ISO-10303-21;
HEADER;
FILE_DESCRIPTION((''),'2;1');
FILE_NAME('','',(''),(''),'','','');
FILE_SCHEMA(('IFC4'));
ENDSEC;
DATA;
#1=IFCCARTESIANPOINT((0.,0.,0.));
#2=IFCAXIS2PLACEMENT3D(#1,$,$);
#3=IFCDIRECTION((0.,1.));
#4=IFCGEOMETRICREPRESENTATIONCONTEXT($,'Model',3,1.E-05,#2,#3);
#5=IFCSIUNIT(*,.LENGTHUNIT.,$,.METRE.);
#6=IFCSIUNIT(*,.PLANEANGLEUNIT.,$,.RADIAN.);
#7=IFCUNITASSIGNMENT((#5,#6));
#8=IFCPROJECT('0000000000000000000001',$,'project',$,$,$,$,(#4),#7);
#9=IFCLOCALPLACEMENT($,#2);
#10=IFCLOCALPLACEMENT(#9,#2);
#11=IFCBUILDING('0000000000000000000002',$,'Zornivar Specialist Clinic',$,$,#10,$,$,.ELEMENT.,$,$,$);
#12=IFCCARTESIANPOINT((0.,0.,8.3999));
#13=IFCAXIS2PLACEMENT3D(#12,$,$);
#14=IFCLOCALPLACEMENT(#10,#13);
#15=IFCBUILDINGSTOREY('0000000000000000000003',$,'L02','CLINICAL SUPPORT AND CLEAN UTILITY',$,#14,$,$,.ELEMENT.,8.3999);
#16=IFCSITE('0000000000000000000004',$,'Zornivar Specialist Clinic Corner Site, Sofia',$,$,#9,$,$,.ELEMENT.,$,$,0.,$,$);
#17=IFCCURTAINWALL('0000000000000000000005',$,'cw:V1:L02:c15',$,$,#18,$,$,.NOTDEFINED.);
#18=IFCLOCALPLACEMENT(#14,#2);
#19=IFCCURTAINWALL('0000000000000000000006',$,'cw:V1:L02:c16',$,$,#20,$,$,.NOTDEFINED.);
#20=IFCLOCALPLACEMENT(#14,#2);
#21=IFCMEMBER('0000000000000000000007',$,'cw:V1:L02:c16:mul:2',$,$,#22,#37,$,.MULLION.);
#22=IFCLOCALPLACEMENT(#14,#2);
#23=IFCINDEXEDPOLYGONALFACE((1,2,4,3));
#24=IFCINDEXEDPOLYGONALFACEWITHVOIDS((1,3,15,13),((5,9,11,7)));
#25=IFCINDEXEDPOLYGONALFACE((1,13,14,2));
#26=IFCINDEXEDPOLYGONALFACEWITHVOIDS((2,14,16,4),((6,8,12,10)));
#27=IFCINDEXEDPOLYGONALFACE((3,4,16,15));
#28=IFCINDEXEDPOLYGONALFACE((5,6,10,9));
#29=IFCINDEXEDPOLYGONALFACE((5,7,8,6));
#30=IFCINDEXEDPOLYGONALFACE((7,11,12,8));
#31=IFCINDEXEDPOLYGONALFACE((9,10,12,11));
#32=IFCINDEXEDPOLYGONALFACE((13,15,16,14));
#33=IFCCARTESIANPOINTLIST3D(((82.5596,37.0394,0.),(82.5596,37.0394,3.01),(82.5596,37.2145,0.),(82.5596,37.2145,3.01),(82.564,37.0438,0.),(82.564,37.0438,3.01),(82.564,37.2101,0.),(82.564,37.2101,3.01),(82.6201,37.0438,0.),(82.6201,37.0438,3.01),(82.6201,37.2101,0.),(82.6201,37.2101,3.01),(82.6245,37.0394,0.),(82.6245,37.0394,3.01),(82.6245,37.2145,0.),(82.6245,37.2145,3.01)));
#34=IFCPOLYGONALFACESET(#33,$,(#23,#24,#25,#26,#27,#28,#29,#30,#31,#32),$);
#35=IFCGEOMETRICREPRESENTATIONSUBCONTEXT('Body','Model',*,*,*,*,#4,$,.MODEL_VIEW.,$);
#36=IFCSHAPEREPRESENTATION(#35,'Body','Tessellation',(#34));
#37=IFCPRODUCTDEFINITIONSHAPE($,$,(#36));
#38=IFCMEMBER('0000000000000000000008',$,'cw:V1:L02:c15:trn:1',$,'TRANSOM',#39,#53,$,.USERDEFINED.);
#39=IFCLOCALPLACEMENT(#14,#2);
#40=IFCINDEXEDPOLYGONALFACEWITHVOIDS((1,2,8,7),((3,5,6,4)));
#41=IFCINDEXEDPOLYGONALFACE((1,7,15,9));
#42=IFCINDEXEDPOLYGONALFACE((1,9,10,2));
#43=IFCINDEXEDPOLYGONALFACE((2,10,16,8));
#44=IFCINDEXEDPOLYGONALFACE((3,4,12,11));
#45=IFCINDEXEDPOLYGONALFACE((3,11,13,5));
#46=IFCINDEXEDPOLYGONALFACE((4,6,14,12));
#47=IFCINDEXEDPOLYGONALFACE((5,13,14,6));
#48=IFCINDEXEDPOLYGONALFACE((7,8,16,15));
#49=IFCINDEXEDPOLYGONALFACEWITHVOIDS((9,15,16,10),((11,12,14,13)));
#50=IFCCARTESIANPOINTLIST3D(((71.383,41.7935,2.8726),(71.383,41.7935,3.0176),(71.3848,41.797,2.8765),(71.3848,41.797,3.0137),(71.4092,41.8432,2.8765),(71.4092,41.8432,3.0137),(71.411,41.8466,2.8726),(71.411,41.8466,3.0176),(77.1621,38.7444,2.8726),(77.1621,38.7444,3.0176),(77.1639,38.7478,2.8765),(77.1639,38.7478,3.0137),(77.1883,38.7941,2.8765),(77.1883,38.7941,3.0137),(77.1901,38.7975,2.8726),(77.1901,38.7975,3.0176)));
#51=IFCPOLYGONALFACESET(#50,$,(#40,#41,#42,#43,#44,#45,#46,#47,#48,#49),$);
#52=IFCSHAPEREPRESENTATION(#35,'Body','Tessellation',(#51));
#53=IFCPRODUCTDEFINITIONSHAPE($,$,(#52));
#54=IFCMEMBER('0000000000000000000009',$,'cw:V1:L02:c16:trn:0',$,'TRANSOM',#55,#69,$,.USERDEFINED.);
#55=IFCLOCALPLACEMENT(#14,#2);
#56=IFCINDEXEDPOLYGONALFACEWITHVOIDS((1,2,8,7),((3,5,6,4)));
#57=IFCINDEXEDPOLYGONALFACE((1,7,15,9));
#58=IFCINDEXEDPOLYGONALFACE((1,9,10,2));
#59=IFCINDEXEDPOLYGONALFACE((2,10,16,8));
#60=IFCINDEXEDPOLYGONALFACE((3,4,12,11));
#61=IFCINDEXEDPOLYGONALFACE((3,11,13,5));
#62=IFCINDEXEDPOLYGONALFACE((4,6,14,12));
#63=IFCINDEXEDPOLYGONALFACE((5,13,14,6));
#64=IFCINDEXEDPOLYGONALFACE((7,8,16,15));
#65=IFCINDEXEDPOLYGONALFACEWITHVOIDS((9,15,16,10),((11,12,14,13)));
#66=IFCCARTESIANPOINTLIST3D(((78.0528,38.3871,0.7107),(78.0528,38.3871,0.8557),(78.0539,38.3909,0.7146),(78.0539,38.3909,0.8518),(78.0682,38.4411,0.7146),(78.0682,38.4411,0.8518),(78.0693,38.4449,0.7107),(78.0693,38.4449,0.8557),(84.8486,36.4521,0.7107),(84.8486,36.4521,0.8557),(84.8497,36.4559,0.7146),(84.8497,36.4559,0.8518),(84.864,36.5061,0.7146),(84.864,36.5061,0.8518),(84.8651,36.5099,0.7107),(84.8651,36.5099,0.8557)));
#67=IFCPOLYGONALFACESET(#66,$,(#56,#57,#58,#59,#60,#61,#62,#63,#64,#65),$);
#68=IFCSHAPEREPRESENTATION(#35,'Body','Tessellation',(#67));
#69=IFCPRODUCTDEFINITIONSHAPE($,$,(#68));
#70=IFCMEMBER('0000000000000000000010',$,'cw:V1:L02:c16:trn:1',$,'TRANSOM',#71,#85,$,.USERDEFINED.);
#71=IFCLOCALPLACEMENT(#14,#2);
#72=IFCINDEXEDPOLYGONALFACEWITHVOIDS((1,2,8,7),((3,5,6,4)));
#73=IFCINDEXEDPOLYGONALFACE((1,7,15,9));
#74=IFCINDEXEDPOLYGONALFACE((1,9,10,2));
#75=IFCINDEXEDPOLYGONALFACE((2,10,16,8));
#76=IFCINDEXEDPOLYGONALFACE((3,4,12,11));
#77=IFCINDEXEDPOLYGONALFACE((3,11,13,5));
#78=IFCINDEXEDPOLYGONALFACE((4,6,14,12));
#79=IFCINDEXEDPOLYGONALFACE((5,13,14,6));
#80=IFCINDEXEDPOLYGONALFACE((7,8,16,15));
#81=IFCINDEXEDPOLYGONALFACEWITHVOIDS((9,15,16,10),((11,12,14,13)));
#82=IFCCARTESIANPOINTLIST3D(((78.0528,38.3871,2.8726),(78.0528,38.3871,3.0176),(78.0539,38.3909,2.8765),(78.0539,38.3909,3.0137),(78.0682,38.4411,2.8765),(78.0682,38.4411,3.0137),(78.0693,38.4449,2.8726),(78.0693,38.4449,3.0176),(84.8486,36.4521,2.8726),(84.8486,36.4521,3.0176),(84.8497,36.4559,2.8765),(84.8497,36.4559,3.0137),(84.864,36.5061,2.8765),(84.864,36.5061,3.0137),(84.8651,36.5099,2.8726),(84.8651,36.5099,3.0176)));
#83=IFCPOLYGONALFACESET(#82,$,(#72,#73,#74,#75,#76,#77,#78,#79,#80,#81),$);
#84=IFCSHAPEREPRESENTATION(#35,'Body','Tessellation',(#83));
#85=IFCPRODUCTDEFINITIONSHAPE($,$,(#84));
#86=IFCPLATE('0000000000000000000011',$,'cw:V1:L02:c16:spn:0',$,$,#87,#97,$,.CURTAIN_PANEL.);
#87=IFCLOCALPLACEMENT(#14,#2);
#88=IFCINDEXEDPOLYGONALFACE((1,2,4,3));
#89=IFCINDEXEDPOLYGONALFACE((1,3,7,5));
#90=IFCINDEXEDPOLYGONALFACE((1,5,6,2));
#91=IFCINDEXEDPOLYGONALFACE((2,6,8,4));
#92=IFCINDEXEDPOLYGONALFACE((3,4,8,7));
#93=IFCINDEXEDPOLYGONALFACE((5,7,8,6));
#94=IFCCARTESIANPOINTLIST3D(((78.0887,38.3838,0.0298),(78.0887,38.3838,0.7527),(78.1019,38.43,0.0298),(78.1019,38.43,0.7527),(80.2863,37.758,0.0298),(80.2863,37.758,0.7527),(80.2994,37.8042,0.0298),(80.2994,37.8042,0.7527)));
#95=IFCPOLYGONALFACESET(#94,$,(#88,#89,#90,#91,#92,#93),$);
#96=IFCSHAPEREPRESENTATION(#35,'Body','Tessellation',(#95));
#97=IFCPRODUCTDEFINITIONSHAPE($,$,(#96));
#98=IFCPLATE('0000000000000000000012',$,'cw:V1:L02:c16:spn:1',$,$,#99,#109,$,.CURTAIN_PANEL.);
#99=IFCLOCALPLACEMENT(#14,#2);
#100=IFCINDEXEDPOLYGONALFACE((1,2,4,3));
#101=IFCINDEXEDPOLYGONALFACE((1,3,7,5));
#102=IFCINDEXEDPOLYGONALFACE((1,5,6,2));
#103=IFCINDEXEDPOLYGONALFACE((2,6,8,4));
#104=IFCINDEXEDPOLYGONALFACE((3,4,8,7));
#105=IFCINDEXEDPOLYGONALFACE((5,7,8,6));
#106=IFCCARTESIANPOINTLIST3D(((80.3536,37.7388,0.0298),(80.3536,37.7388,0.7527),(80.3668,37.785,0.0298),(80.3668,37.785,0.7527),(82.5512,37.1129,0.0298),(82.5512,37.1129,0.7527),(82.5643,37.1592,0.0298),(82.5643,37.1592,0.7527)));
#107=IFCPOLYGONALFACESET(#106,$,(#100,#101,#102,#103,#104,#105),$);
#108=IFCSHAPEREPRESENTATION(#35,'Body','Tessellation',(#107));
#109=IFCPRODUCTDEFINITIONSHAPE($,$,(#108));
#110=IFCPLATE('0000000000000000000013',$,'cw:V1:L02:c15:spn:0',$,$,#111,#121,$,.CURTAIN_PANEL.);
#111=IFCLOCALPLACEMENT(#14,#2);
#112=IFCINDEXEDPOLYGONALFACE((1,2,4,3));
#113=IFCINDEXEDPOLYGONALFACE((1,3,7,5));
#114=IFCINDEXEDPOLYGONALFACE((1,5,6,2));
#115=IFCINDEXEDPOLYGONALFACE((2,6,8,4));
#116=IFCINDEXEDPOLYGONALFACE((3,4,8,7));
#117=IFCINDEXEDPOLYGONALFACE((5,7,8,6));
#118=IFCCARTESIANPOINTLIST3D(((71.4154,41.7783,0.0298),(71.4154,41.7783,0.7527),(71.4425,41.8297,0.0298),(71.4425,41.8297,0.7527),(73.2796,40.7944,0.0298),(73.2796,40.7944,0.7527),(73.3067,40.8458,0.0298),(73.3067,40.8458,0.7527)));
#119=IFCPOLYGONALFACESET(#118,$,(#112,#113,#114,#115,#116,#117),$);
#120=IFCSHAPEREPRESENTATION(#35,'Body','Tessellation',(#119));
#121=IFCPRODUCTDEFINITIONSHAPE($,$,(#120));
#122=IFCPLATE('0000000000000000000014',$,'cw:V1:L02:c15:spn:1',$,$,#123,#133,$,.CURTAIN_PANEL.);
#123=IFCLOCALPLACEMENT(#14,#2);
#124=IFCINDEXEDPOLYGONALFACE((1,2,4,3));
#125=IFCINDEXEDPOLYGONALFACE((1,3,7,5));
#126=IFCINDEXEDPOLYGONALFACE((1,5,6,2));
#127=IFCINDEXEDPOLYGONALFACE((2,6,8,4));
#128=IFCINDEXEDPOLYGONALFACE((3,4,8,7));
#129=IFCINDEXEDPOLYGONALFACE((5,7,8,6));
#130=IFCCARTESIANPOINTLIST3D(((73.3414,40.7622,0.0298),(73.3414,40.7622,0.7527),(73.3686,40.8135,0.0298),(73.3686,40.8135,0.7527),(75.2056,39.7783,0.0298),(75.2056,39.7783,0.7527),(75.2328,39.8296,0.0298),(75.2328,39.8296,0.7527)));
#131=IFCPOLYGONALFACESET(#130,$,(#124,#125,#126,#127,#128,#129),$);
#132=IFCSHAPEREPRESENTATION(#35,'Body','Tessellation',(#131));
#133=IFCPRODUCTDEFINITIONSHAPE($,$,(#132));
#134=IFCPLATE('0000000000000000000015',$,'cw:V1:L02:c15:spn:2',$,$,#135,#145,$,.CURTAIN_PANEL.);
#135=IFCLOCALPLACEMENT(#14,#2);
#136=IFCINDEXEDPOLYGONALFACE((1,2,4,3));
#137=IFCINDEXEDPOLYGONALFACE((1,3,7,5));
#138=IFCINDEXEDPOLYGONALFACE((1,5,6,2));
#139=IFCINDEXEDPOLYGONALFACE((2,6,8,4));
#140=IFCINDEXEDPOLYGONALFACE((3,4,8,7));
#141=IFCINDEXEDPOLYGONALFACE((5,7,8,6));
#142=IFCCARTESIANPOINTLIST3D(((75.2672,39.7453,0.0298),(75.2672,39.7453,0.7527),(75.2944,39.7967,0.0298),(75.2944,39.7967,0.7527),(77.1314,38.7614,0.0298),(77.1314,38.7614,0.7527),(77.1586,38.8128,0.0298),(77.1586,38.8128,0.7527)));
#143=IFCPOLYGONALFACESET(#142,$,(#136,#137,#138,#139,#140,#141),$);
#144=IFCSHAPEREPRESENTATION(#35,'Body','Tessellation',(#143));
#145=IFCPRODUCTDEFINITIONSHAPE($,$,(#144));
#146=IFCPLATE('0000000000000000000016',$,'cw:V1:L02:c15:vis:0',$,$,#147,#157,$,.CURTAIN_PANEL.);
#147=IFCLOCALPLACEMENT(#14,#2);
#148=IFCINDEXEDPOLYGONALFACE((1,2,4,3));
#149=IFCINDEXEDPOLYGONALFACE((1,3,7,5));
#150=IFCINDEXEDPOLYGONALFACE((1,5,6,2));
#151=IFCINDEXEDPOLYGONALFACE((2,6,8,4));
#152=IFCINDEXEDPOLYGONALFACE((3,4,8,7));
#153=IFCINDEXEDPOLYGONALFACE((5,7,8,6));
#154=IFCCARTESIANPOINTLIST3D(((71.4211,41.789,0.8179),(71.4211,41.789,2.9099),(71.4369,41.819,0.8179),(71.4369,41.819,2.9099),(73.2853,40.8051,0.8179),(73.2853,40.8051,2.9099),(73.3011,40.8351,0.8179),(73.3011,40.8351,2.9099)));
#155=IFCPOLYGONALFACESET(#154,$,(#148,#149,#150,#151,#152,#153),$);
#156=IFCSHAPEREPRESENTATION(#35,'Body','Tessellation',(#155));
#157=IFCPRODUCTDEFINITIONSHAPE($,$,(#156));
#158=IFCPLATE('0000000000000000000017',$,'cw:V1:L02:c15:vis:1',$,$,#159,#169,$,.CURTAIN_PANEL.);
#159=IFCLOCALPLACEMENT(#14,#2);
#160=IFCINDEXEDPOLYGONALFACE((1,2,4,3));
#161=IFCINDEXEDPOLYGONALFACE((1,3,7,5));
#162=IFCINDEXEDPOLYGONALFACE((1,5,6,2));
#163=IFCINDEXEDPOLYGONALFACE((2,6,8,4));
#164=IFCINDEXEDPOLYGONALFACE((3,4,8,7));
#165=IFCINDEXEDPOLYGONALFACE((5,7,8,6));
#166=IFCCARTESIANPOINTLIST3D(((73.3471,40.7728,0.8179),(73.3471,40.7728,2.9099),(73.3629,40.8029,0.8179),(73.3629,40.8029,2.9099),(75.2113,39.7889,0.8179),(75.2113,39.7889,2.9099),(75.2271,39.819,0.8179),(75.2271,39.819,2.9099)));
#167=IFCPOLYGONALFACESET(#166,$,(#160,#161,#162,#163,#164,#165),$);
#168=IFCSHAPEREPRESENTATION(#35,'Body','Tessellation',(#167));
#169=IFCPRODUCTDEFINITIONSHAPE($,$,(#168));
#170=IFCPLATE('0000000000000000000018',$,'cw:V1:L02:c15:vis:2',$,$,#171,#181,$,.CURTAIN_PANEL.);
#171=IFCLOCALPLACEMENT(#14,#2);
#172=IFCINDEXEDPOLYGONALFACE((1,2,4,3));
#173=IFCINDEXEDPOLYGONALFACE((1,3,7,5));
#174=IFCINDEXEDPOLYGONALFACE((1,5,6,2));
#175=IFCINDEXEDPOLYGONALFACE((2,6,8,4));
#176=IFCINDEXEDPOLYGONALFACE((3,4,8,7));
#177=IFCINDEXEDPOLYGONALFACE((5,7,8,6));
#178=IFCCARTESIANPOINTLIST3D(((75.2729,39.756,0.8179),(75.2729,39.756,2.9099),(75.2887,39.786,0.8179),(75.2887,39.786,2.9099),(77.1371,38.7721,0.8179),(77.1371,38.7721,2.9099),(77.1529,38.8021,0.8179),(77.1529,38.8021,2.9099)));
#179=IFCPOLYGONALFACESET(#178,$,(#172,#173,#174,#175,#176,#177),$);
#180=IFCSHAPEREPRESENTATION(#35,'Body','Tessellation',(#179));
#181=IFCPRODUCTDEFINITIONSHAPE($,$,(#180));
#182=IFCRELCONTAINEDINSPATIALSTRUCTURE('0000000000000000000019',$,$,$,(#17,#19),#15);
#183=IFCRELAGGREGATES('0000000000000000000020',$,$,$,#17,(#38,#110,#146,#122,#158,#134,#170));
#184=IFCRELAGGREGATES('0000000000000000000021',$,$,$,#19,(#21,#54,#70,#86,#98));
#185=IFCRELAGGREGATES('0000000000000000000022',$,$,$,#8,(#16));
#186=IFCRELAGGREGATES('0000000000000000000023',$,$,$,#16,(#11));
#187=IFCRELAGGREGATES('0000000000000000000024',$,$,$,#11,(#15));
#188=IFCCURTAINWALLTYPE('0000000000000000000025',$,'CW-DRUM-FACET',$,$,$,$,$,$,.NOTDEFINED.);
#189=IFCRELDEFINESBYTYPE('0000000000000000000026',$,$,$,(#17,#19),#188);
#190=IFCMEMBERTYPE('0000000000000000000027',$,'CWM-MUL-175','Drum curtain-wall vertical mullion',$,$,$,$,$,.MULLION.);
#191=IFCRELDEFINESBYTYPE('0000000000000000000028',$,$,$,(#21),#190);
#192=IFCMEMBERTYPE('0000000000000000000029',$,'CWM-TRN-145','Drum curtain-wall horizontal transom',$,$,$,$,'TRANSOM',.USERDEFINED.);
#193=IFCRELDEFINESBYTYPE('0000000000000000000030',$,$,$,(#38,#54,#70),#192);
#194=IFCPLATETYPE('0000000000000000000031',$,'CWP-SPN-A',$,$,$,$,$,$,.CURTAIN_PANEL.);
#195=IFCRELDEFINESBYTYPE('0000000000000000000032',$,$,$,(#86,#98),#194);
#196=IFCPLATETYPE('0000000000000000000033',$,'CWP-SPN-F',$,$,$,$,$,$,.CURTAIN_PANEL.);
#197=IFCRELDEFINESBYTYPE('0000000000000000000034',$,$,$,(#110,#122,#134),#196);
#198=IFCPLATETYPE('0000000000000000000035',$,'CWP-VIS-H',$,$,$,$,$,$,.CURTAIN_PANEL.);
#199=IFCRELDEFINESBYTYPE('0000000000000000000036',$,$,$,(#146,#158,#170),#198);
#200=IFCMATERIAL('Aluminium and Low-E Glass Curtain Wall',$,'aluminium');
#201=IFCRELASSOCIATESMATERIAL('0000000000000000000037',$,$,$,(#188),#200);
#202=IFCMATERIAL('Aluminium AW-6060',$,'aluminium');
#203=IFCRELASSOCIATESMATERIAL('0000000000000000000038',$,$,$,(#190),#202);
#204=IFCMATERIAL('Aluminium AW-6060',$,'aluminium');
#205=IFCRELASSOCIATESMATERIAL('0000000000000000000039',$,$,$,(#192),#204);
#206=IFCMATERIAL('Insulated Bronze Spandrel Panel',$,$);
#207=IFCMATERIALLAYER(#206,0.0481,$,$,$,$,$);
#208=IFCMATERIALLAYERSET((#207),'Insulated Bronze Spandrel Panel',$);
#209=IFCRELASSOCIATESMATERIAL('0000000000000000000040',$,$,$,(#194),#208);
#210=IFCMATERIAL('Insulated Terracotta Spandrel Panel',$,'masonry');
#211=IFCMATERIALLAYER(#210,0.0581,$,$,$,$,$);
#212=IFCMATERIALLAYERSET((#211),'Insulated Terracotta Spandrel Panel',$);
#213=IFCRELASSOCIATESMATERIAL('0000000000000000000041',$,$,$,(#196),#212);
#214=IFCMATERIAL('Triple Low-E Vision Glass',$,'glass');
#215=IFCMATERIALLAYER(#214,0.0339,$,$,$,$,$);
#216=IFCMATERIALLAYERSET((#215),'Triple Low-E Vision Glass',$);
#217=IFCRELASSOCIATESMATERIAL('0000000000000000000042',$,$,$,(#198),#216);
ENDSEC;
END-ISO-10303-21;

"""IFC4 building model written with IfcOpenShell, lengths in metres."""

from ifc_helpers import new_model, si_unit, direction, frame, origin, origin_2d, place, context, subcontext, project, spatial, rectangle, hollow_rectangle, extrude, material, layer, layer_set, material_profile, profile_set, type_object, element, aggregate, save


model = new_model("IFC4")

# Units and contexts
model_context = context("Model", 3, precision=1e-05, world=origin(), true_north=direction((0.0, 1.0)))
body_context = subcontext(model_context, "Body", "Model", "MODEL_VIEW")
ifc_project = project(units=[si_unit("LENGTHUNIT", "METRE"), si_unit("PLANEANGLEUNIT", "RADIAN")], contexts=[model_context])

# Site, building, storey
site_placement = place(None, origin())
site = spatial("IfcSite", under=ifc_project, at=site_placement, Name="Zornivar Specialist Clinic Corner Site, Sofia", CompositionType="ELEMENT", RefElevation=0.0)
building_placement = place(site_placement, origin())
building = spatial("IfcBuilding", under=site, at=building_placement, Name="Zornivar Specialist Clinic", CompositionType="ELEMENT")
storey_placement = place(building_placement, frame((0.0, 0.0, 8.3999)))
storey = spatial("IfcBuildingStorey", under=building, at=storey_placement, Name="L02", Description="CLINICAL SUPPORT AND CLEAN UTILITY", CompositionType="ELEMENT", Elevation=8.3999)

# Curtain walls, member
ifc_material_1 = material(Name="Aluminium and Low-E Glass Curtain Wall", Category="aluminium")
curtain_wall_type = type_object("IfcCurtainWallType", Name="CW-DRUM-FACET", PredefinedType="NOTDEFINED", material=ifc_material_1)
curtain_wall_1_placement = place(storey_placement, origin())
curtain_wall_1 = element("IfcCurtainWall", 1, at=curtain_wall_1_placement, inside=storey, type_object=curtain_wall_type, Name="cw:V1:L02:c15", PredefinedType="NOTDEFINED")
ifc_material_2 = material(Name="Aluminium AW-6060", Category="aluminium")
ifc_material_profile_1 = material_profile(ifc_material_2, hollow_rectangle(XDim=0.0649, YDim=0.175, WallThickness=0.0044, at=origin_2d()), Name="ALU 65x175x4.5")
ifc_profile_set_1 = profile_set([ifc_material_profile_1], Name="Aluminium AW-6060")
member_type_1 = type_object("IfcMemberType", Name="CWM-MUL-175", Description="Drum curtain-wall vertical mullion", PredefinedType="MULLION", material=ifc_profile_set_1)
curtain_wall_2_placement = place(storey_placement, origin())
curtain_wall_2 = element("IfcCurtainWall", 2, at=curtain_wall_2_placement, inside=storey, type_object=curtain_wall_type, Name="cw:V1:L02:c16", PredefinedType="NOTDEFINED")
member_1_placement = place(storey_placement, frame((82.592, 37.127, 0.0), z_axis=(0.0, 0.0, 1.0), x_axis=(1.0, 0.0, 0.0)))
member_1 = element("IfcMember", 3, at=member_1_placement, type_object=member_type_1, Name="cw:V1:L02:c16:mul:2", PredefinedType="MULLION", context=body_context, shape_type="SweptSolid", body=[
    extrude(hollow_rectangle(XDim=0.0649, YDim=0.175, WallThickness=0.0044, at=origin_2d()), origin(), (0.0, 0.0, 1.0), 3.01),
])

# Members
ifc_material_3 = material(Name="Aluminium AW-6060", Category="aluminium")
ifc_material_profile_2 = material_profile(ifc_material_3, hollow_rectangle(XDim=0.0601, YDim=0.145, WallThickness=0.0039, at=origin_2d()), Name="ALU 60x145x4")
ifc_profile_set_2 = profile_set([ifc_material_profile_2], Name="Aluminium AW-6060")
member_type_2 = type_object("IfcMemberType", Name="CWM-TRN-145", Description="Drum curtain-wall horizontal transom", ElementType="TRANSOM", PredefinedType="USERDEFINED", material=ifc_profile_set_2)
member_2_placement = place(storey_placement, frame((71.397, 41.8201, 2.9451), z_axis=(0.884447, -0.466641, 0.0), x_axis=(0.466641, 0.884447, 0.0)))
member_2 = element("IfcMember", 4, at=member_2_placement, type_object=member_type_2, Name="cw:V1:L02:c15:trn:1", ObjectType="TRANSOM", PredefinedType="USERDEFINED", context=body_context, shape_type="SweptSolid", body=[
    extrude(hollow_rectangle(XDim=0.0601, YDim=0.145, WallThickness=0.0039, at=origin_2d()), origin(), (0.0, 0.0, 1.0), 6.5342),
])
member_3_placement = place(storey_placement, frame((78.061, 38.416, 0.7832), z_axis=(0.961771, -0.273854, 0.0), x_axis=(0.273854, 0.961771, 0.0)))
member_3 = element("IfcMember", 5, at=member_3_placement, type_object=member_type_2, Name="cw:V1:L02:c16:trn:0", ObjectType="TRANSOM", PredefinedType="USERDEFINED", context=body_context, shape_type="SweptSolid", body=[
    extrude(hollow_rectangle(XDim=0.0601, YDim=0.145, WallThickness=0.0039, at=origin_2d()), origin(), (0.0, 0.0, 1.0), 7.0659),
])
member_4_placement = place(storey_placement, frame((78.061, 38.416, 2.9451), z_axis=(0.961771, -0.273854, 0.0), x_axis=(0.273854, 0.961771, 0.0)))
member_4 = element("IfcMember", 6, at=member_4_placement, type_object=member_type_2, Name="cw:V1:L02:c16:trn:1", ObjectType="TRANSOM", PredefinedType="USERDEFINED", context=body_context, shape_type="SweptSolid", body=[
    extrude(hollow_rectangle(XDim=0.0601, YDim=0.145, WallThickness=0.0039, at=origin_2d()), origin(), (0.0, 0.0, 1.0), 7.0659),
])

# Plates
ifc_material_4 = material(Name="Insulated Bronze Spandrel Panel")
ifc_layer_1 = layer(ifc_material_4, 0.0481)
ifc_layer_set_1 = layer_set([ifc_layer_1], Name="Insulated Bronze Spandrel Panel")
plate_type_1 = type_object("IfcPlateType", Name="CWP-SPN-A", PredefinedType="CURTAIN_PANEL", material=ifc_layer_set_1)
plate_1_placement = place(storey_placement, frame((79.1941, 38.094, 0.0298), z_axis=(0.0, 0.0, 1.0), x_axis=(0.961761, -0.273889, 0.0)))
plate_1 = element("IfcPlate", 7, at=plate_1_placement, type_object=plate_type_1, Name="cw:V1:L02:c16:spn:0", PredefinedType="CURTAIN_PANEL", context=body_context, shape_type="SweptSolid", body=[
    extrude(rectangle(XDim=2.2849, YDim=0.0481, at=origin_2d()), origin(), (0.0, 0.0, 1.0), 0.7229),
])
plate_2_placement = place(storey_placement, frame((81.459, 37.449, 0.0298), z_axis=(0.0, 0.0, 1.0), x_axis=(0.961761, -0.273889, 0.0)))
plate_2 = element("IfcPlate", 8, at=plate_2_placement, type_object=plate_type_1, Name="cw:V1:L02:c16:spn:1", PredefinedType="CURTAIN_PANEL", context=body_context, shape_type="SweptSolid", body=[
    extrude(rectangle(XDim=2.2849, YDim=0.0481, at=origin_2d()), origin(), (0.0, 0.0, 1.0), 0.7229),
])
ifc_material_5 = material(Name="Insulated Terracotta Spandrel Panel", Category="masonry")
ifc_layer_2 = layer(ifc_material_5, 0.0581)
ifc_layer_set_2 = layer_set([ifc_layer_2], Name="Insulated Terracotta Spandrel Panel")
plate_type_2 = type_object("IfcPlateType", Name="CWP-SPN-F", PredefinedType="CURTAIN_PANEL", material=ifc_layer_set_2)
plate_3_placement = place(storey_placement, frame((72.3611, 41.312, 0.0298), z_axis=(0.0, 0.0, 1.0), x_axis=(0.884383, -0.466762, 0.0)))
plate_3 = element("IfcPlate", 9, at=plate_3_placement, type_object=plate_type_2, Name="cw:V1:L02:c15:spn:0", PredefinedType="CURTAIN_PANEL", context=body_context, shape_type="SweptSolid", body=[
    extrude(rectangle(XDim=2.1079, YDim=0.0581, at=origin_2d()), origin(), (0.0, 0.0, 1.0), 0.7229),
])
plate_4_placement = place(storey_placement, frame((74.2871, 40.2959, 0.0298), z_axis=(0.0, 0.0, 1.0), x_axis=(0.884383, -0.466762, 0.0)))
plate_4 = element("IfcPlate", 10, at=plate_4_placement, type_object=plate_type_2, Name="cw:V1:L02:c15:spn:1", PredefinedType="CURTAIN_PANEL", context=body_context, shape_type="SweptSolid", body=[
    extrude(rectangle(XDim=2.1079, YDim=0.0581, at=origin_2d()), origin(), (0.0, 0.0, 1.0), 0.7229),
])
plate_5_placement = place(storey_placement, frame((76.2129, 39.2791, 0.0298), z_axis=(0.0, 0.0, 1.0), x_axis=(0.884383, -0.466762, 0.0)))
plate_5 = element("IfcPlate", 11, at=plate_5_placement, type_object=plate_type_2, Name="cw:V1:L02:c15:spn:2", PredefinedType="CURTAIN_PANEL", context=body_context, shape_type="SweptSolid", body=[
    extrude(rectangle(XDim=2.1079, YDim=0.0581, at=origin_2d()), origin(), (0.0, 0.0, 1.0), 0.7229),
])
ifc_material_6 = material(Name="Triple Low-E Vision Glass", Category="glass")
ifc_layer_3 = layer(ifc_material_6, 0.0339)
ifc_layer_set_3 = layer_set([ifc_layer_3], Name="Triple Low-E Vision Glass")
plate_type_3 = type_object("IfcPlateType", Name="CWP-VIS-H", PredefinedType="CURTAIN_PANEL", material=ifc_layer_set_3)
plate_6_placement = place(storey_placement, frame((72.3611, 41.312, 0.8179), z_axis=(0.0, 0.0, 1.0), x_axis=(0.884383, -0.466762, 0.0)))
plate_6 = element("IfcPlate", 12, at=plate_6_placement, type_object=plate_type_3, Name="cw:V1:L02:c15:vis:0", PredefinedType="CURTAIN_PANEL", context=body_context, shape_type="SweptSolid", body=[
    extrude(rectangle(XDim=2.1079, YDim=0.0339, at=origin_2d()), origin(), (0.0, 0.0, 1.0), 2.092),
])
plate_7_placement = place(storey_placement, frame((74.2871, 40.2959, 0.8179), z_axis=(0.0, 0.0, 1.0), x_axis=(0.884383, -0.466762, 0.0)))
plate_7 = element("IfcPlate", 13, at=plate_7_placement, type_object=plate_type_3, Name="cw:V1:L02:c15:vis:1", PredefinedType="CURTAIN_PANEL", context=body_context, shape_type="SweptSolid", body=[
    extrude(rectangle(XDim=2.1079, YDim=0.0339, at=origin_2d()), origin(), (0.0, 0.0, 1.0), 2.092),
])
plate_8_placement = place(storey_placement, frame((76.2129, 39.2791, 0.8179), z_axis=(0.0, 0.0, 1.0), x_axis=(0.884383, -0.466762, 0.0)))
plate_8 = element("IfcPlate", 14, at=plate_8_placement, type_object=plate_type_3, Name="cw:V1:L02:c15:vis:2", PredefinedType="CURTAIN_PANEL", context=body_context, shape_type="SweptSolid", body=[
    extrude(rectangle(XDim=2.1079, YDim=0.0339, at=origin_2d()), origin(), (0.0, 0.0, 1.0), 2.092),
])
aggregate(curtain_wall_1, [member_2, plate_3, plate_6, plate_4, plate_7, plate_5, plate_8])
aggregate(curtain_wall_2, [member_1, member_3, member_4, plate_1, plate_2])

save(model, "model.ifc")
